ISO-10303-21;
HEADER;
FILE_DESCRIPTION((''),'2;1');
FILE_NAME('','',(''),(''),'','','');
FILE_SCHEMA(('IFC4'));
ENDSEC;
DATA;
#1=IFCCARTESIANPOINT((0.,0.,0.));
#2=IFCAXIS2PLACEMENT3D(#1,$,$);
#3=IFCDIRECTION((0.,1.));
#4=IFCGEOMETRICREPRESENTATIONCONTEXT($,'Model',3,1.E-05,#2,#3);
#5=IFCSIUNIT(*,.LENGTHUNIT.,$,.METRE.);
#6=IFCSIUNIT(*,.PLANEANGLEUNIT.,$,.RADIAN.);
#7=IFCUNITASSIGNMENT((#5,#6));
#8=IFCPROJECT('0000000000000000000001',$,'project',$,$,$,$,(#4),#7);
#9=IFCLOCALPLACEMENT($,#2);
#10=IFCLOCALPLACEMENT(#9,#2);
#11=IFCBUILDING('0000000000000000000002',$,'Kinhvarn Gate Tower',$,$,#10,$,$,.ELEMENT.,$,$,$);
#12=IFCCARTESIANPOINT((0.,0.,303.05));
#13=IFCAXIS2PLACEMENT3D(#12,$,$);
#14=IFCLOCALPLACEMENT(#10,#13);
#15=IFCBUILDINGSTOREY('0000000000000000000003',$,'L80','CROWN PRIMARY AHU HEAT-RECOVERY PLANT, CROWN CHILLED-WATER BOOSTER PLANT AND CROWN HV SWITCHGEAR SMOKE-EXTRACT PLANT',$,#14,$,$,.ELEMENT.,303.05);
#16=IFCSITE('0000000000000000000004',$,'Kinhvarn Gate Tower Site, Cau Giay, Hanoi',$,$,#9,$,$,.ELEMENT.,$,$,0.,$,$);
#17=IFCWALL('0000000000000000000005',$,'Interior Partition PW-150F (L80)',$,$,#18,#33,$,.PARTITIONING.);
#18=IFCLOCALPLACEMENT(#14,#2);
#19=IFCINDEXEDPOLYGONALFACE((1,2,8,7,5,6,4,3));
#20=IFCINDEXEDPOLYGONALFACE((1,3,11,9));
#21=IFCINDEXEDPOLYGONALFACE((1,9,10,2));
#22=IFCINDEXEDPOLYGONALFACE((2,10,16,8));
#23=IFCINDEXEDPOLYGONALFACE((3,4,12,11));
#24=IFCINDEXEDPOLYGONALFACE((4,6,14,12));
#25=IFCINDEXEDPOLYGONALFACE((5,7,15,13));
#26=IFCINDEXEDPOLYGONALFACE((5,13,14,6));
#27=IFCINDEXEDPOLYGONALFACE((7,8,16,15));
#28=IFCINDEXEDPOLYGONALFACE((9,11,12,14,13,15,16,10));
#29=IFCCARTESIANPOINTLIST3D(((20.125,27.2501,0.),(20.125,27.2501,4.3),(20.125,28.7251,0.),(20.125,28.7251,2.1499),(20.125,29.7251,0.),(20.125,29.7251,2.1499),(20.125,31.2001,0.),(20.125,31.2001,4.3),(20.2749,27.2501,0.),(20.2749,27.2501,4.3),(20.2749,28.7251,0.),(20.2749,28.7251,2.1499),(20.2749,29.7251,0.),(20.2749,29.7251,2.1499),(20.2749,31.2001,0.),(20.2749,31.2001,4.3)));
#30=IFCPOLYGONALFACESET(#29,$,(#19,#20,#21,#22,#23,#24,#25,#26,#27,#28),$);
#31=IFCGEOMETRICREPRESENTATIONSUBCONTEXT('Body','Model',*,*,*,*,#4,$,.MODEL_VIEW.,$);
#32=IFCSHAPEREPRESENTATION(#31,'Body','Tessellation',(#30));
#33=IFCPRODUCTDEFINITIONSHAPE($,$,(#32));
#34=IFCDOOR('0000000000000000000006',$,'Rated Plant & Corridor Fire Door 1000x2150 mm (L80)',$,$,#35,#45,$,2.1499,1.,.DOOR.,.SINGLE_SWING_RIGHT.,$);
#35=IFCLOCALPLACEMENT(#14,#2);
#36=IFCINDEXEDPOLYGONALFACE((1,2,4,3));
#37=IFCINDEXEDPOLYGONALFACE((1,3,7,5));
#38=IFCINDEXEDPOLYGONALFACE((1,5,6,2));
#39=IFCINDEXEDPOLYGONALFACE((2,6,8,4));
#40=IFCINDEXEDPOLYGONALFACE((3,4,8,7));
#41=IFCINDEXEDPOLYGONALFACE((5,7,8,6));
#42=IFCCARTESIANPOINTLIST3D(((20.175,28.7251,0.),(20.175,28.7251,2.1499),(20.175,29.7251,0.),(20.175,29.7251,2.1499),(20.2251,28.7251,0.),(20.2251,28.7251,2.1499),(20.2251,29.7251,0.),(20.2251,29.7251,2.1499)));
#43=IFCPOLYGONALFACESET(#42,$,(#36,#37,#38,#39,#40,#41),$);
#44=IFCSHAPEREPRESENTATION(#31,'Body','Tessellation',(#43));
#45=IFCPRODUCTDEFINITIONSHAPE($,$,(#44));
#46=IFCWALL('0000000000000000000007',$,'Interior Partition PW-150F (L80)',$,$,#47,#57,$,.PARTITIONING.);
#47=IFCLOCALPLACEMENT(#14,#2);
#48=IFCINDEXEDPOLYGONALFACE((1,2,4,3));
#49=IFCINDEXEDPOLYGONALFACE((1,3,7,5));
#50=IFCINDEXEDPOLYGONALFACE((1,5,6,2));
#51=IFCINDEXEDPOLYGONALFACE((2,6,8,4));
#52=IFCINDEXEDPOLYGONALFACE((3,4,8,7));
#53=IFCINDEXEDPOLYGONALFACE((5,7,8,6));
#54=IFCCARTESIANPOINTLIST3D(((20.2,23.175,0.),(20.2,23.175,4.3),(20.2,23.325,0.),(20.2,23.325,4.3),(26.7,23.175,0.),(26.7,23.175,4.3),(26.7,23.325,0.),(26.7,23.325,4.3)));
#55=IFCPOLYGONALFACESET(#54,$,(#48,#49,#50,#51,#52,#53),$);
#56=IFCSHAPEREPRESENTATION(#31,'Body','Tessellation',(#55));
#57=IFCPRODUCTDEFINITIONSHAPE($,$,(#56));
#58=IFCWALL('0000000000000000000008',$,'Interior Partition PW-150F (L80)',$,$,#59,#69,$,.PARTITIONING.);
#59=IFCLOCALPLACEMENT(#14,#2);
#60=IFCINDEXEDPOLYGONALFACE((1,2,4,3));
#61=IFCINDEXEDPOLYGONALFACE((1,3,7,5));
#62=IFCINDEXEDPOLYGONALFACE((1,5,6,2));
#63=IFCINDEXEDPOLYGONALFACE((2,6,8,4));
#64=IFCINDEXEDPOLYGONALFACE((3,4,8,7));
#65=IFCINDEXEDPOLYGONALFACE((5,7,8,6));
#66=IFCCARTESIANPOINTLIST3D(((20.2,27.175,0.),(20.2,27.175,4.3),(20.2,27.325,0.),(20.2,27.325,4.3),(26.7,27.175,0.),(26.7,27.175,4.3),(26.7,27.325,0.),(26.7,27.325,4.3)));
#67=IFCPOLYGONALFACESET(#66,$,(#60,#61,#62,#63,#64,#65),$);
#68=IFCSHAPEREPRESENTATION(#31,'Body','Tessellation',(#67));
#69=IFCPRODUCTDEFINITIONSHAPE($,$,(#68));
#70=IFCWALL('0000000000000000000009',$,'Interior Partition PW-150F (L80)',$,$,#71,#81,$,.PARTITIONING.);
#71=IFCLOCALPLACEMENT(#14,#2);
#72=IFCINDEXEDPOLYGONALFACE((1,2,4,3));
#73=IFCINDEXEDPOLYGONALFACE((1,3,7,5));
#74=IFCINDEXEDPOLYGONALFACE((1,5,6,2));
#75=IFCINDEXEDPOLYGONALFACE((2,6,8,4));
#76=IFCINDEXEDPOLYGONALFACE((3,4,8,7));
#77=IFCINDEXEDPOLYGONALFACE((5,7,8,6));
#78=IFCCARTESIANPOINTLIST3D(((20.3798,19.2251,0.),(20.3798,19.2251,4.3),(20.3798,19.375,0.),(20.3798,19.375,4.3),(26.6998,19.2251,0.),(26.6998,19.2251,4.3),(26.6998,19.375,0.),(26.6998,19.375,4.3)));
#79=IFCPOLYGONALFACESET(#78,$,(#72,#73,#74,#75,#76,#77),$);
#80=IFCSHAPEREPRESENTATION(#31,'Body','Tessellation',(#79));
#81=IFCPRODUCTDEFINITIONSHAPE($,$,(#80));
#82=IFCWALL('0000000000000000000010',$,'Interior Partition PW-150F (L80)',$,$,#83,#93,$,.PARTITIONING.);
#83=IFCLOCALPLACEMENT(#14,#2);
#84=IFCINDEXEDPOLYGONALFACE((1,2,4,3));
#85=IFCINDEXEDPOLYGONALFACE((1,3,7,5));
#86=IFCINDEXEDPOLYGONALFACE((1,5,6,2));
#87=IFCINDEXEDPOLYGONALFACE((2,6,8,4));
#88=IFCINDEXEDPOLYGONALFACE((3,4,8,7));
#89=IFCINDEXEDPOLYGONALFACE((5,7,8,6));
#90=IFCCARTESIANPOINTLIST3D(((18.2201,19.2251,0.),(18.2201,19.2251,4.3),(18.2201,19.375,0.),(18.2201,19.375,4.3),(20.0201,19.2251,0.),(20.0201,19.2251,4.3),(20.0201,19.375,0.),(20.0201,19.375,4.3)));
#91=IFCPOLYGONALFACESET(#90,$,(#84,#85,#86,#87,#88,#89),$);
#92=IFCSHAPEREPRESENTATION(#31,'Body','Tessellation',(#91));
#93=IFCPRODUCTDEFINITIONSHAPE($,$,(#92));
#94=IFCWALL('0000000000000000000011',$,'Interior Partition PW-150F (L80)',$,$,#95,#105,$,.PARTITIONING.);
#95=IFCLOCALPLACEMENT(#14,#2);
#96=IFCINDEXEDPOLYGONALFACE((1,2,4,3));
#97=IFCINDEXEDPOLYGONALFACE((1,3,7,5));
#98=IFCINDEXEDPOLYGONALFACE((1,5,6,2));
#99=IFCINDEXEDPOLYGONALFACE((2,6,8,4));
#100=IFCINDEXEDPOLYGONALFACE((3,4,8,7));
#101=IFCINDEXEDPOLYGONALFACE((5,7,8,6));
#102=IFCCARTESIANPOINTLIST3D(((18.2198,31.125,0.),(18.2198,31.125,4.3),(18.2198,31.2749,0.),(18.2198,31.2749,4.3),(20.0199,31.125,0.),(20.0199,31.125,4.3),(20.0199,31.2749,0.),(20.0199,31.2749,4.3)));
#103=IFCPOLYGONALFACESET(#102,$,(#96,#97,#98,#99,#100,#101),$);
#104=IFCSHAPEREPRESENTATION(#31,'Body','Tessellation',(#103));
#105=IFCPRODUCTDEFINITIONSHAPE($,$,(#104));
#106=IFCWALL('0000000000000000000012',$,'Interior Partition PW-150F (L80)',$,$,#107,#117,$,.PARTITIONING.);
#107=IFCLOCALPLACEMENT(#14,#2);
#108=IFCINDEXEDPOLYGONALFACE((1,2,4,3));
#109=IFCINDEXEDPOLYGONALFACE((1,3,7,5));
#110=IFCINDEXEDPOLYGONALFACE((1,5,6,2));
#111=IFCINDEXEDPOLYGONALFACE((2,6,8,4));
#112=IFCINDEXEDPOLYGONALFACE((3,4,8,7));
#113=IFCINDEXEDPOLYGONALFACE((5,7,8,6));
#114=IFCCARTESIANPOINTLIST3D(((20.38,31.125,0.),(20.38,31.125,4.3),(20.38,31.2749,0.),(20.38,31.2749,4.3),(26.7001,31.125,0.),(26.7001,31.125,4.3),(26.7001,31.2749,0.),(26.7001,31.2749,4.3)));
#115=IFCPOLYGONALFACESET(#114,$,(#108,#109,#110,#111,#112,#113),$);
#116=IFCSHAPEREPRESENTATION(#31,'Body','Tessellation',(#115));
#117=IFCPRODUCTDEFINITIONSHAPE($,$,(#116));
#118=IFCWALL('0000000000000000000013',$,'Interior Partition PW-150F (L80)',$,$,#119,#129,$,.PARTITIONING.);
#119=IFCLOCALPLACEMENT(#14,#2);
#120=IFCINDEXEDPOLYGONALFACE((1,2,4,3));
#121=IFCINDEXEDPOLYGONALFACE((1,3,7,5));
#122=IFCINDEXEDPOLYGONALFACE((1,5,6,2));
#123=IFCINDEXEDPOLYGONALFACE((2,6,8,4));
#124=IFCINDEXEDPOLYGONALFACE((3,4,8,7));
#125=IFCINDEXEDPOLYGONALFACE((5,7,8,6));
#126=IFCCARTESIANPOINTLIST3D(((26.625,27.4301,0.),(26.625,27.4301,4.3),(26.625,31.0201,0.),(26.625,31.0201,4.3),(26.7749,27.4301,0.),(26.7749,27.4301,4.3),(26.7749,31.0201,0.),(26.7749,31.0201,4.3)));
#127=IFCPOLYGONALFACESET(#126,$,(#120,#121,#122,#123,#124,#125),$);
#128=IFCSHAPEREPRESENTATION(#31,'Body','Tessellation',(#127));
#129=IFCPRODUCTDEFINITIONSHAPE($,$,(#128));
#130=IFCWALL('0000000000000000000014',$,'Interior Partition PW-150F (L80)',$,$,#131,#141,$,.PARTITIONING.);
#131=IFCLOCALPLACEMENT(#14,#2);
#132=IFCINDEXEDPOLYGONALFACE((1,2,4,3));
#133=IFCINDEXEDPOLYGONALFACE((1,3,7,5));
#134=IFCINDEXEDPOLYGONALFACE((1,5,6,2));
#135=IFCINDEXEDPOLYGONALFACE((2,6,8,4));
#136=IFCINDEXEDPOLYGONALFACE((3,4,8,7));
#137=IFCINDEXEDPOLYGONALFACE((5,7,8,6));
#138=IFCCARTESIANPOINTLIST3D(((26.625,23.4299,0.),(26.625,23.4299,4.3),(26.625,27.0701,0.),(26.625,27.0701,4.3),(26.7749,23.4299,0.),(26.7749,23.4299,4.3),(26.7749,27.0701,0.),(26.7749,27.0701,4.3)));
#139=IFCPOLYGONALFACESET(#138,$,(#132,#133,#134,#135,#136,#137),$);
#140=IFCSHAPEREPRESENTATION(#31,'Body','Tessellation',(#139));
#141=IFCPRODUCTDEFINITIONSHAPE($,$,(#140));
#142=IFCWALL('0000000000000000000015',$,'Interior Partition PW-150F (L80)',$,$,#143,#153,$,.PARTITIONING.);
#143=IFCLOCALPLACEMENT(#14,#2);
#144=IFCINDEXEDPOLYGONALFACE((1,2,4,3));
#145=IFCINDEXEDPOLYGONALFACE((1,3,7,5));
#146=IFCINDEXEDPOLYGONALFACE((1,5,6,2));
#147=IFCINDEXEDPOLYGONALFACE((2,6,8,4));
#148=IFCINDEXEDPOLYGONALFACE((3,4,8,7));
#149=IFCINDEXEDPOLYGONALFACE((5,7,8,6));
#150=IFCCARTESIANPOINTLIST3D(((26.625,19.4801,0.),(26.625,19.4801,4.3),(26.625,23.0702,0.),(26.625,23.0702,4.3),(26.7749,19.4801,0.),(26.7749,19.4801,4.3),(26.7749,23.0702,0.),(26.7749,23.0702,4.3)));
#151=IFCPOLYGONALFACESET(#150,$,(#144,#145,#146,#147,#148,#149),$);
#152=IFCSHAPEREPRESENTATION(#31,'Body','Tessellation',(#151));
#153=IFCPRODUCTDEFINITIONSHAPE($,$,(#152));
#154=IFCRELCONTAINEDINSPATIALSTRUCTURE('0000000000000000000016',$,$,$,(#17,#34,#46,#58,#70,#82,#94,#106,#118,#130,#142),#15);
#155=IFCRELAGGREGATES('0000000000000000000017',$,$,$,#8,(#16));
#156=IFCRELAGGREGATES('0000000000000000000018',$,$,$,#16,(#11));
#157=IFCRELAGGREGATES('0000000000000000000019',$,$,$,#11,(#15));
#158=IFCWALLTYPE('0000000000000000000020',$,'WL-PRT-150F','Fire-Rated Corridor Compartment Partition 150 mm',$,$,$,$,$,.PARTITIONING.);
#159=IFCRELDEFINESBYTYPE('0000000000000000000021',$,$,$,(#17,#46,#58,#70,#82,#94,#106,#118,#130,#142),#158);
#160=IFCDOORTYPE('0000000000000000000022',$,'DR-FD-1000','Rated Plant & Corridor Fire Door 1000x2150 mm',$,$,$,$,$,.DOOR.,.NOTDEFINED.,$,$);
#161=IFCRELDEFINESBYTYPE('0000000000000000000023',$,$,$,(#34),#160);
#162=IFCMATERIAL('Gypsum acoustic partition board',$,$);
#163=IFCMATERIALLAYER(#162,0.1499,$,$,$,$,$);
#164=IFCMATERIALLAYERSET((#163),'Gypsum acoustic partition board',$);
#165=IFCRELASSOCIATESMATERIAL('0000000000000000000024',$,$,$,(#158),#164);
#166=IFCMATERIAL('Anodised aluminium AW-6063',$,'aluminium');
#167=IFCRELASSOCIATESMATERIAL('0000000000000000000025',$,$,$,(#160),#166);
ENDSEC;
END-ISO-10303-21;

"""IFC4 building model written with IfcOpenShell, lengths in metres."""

from ifc_helpers import new_model, si_unit, direction, frame, frame_2d, origin, place, context, subcontext, project, spatial, rectangle, extrude, material, layer, layer_set, type_object, element, fill, save


model = new_model("IFC4")

# Units and contexts
model_context = context("Model", 3, precision=1e-05, world=origin(), true_north=direction((0.0, 1.0)))
body_context = subcontext(model_context, "Body", "Model", "MODEL_VIEW")
ifc_project = project(units=[si_unit("LENGTHUNIT", "METRE"), si_unit("PLANEANGLEUNIT", "RADIAN")], contexts=[model_context])

# Site, building, storey
site_placement = place(None, origin())
site = spatial("IfcSite", under=ifc_project, at=site_placement, Name="Kinhvarn Gate Tower Site, Cau Giay, Hanoi", CompositionType="ELEMENT", RefElevation=0.0)
building_placement = place(site_placement, origin())
building = spatial("IfcBuilding", under=site, at=building_placement, Name="Kinhvarn Gate Tower", CompositionType="ELEMENT")
storey_placement = place(building_placement, frame((0.0, 0.0, 303.05)))
storey = spatial("IfcBuildingStorey", under=building, at=storey_placement, Name="L80", Description="CROWN PRIMARY AHU HEAT-RECOVERY PLANT, CROWN CHILLED-WATER BOOSTER PLANT AND CROWN HV SWITCHGEAR SMOKE-EXTRACT PLANT", CompositionType="ELEMENT", Elevation=303.05)

# Wall, opening, door
ifc_material_1 = material(Name="Anodised aluminium AW-6063", Category="aluminium")
ifc_material_2 = material(Name="Gypsum acoustic partition board")
ifc_layer_1 = layer(ifc_material_2, 0.1499)
ifc_layer_set_1 = layer_set([ifc_layer_1], Name="Gypsum acoustic partition board")
wall_type_1 = type_object("IfcWallType", Name="WL-PRT-150F", Description="Fire-Rated Corridor Compartment Partition 150 mm", PredefinedType="PARTITIONING", material=ifc_layer_set_1)
door_type_1 = type_object("IfcDoorType", Name="DR-FD-1000", Description="Rated Plant & Corridor Fire Door 1000x2150 mm", OperationType="NOTDEFINED", PredefinedType="DOOR", material=ifc_material_1)
wall_1_placement = place(storey_placement, frame((20.2, 27.25, 0.0), z_axis=(0.0, 0.0, 1.0), x_axis=(0.0, 1.0, 0.0)))
wall_1 = element("IfcWall", 1, at=wall_1_placement, inside=storey, type_object=wall_type_1, Name="Interior Partition PW-150F (L80)", PredefinedType="PARTITIONING", context=body_context, shape_type="SweptSolid", body=[
    extrude(rectangle(XDim=3.95, YDim=0.1499, at=frame_2d((1.9751, 0.0))), origin(), (0.0, 0.0, 1.0), 4.3),
])
opening_1_placement = place(wall_1_placement, frame((1.4751, 0.0, 0.0)))
opening_1 = element("IfcOpeningElement", 2, at=opening_1_placement, cuts=wall_1, PredefinedType="OPENING", context=body_context, shape_type="SweptSolid", body=[
    extrude(rectangle(XDim=1.0, YDim=2.1499, at=frame_2d((0.5, 1.075))), frame((0.0, 0.085, 0.0), z_axis=(0.0, -1.0, 0.0), x_axis=(1.0, 0.0, 0.0)), (0.0, 0.0, 1.0), 0.1699),
])
door_1_placement = place(opening_1_placement, origin())
door_1 = element("IfcDoor", 3, at=door_1_placement, inside=storey, type_object=door_type_1, Name="Rated Plant & Corridor Fire Door 1000x2150 mm (L80)", OperationType="SINGLE_SWING_RIGHT", OverallHeight=2.1499, OverallWidth=1.0, PredefinedType="DOOR", context=body_context, shape_type="SweptSolid", body=[
    extrude(rectangle(XDim=1.0, YDim=2.1499, at=frame_2d((0.5, 1.075))), frame((0.0, 0.0249, 0.0), z_axis=(0.0, -1.0, 0.0), x_axis=(1.0, 0.0, 0.0)), (0.0, 0.0, 1.0), 0.05),
])
fill(opening_1, door_1)

# Walls
for number, where, z_axis, x_axis, name in (
    (4, (20.2, 23.25, 0.0), (0.0, 0.0, 1.0), (1.0, 0.0, 0.0), "Interior Partition PW-150F (L80)"),
    (5, (20.2, 27.25, 0.0), (0.0, 0.0, 1.0), (1.0, 0.0, 0.0), "Interior Partition PW-150F (L80)"),
):
    element("IfcWall", number, at=place(storey_placement, frame(where, z_axis=z_axis, x_axis=x_axis)), inside=storey, type_object=wall_type_1, Name=name, PredefinedType="PARTITIONING", context=body_context, shape_type="SweptSolid", body=[
        extrude(rectangle(XDim=6.5, YDim=0.1499, at=frame_2d((3.25, 0.0))), origin(), (0.0, 0.0, 1.0), 4.3),
    ])
wall_2_placement = place(storey_placement, frame((26.7, 19.3, 0.0), z_axis=(0.0, 0.0, 1.0), x_axis=(-1.0, 0.0, 0.0)))
element("IfcWall", 6, at=wall_2_placement, inside=storey, type_object=wall_type_1, Name="Interior Partition PW-150F (L80)", PredefinedType="PARTITIONING", context=body_context, shape_type="SweptSolid", body=[
    extrude(rectangle(XDim=6.3201, YDim=0.1499, at=frame_2d((3.1602, 0.0))), origin(), (0.0, 0.0, 1.0), 4.3),
])
for number, where, z_axis, x_axis, name in (
    (7, (20.02, 19.3, 0.0), (0.0, 0.0, 1.0), (-1.0, 0.0, 0.0), "Interior Partition PW-150F (L80)"),
    (8, (18.22, 31.2, 0.0), (0.0, 0.0, 1.0), (1.0, 0.0, 0.0), "Interior Partition PW-150F (L80)"),
):
    element("IfcWall", number, at=place(storey_placement, frame(where, z_axis=z_axis, x_axis=x_axis)), inside=storey, type_object=wall_type_1, Name=name, PredefinedType="PARTITIONING", context=body_context, shape_type="SweptSolid", body=[
        extrude(rectangle(XDim=1.8, YDim=0.1499, at=frame_2d((0.8999, 0.0))), origin(), (0.0, 0.0, 1.0), 4.3),
    ])
wall_3_placement = place(storey_placement, frame((20.3799, 31.2, 0.0), z_axis=(0.0, 0.0, 1.0), x_axis=(1.0, 0.0, 0.0)))
element("IfcWall", 9, at=wall_3_placement, inside=storey, type_object=wall_type_1, Name="Interior Partition PW-150F (L80)", PredefinedType="PARTITIONING", context=body_context, shape_type="SweptSolid", body=[
    extrude(rectangle(XDim=6.3201, YDim=0.1499, at=frame_2d((3.1602, 0.0))), origin(), (0.0, 0.0, 1.0), 4.3),
])
wall_4_placement = place(storey_placement, frame((26.7, 31.02, 0.0), z_axis=(0.0, 0.0, 1.0), x_axis=(0.0, -1.0, 0.0)))
element("IfcWall", 10, at=wall_4_placement, inside=storey, type_object=wall_type_1, Name="Interior Partition PW-150F (L80)", PredefinedType="PARTITIONING", context=body_context, shape_type="SweptSolid", body=[
    extrude(rectangle(XDim=3.5901, YDim=0.1499, at=frame_2d((1.7949, 0.0))), origin(), (0.0, 0.0, 1.0), 4.3),
])
wall_5_placement = place(storey_placement, frame((26.7, 27.0701, 0.0), z_axis=(0.0, 0.0, 1.0), x_axis=(0.0, -1.0, 0.0)))
element("IfcWall", 11, at=wall_5_placement, inside=storey, type_object=wall_type_1, Name="Interior Partition PW-150F (L80)", PredefinedType="PARTITIONING", context=body_context, shape_type="SweptSolid", body=[
    extrude(rectangle(XDim=3.6401, YDim=0.1499, at=frame_2d((1.8201, 0.0))), origin(), (0.0, 0.0, 1.0), 4.3),
])
wall_6_placement = place(storey_placement, frame((26.7, 23.0701, 0.0), z_axis=(0.0, 0.0, 1.0), x_axis=(0.0, -1.0, 0.0)))
element("IfcWall", 12, at=wall_6_placement, inside=storey, type_object=wall_type_1, Name="Interior Partition PW-150F (L80)", PredefinedType="PARTITIONING", context=body_context, shape_type="SweptSolid", body=[
    extrude(rectangle(XDim=3.5901, YDim=0.1499, at=frame_2d((1.7949, 0.0))), origin(), (0.0, 0.0, 1.0), 4.3),
])

save(model, "model.ifc")
